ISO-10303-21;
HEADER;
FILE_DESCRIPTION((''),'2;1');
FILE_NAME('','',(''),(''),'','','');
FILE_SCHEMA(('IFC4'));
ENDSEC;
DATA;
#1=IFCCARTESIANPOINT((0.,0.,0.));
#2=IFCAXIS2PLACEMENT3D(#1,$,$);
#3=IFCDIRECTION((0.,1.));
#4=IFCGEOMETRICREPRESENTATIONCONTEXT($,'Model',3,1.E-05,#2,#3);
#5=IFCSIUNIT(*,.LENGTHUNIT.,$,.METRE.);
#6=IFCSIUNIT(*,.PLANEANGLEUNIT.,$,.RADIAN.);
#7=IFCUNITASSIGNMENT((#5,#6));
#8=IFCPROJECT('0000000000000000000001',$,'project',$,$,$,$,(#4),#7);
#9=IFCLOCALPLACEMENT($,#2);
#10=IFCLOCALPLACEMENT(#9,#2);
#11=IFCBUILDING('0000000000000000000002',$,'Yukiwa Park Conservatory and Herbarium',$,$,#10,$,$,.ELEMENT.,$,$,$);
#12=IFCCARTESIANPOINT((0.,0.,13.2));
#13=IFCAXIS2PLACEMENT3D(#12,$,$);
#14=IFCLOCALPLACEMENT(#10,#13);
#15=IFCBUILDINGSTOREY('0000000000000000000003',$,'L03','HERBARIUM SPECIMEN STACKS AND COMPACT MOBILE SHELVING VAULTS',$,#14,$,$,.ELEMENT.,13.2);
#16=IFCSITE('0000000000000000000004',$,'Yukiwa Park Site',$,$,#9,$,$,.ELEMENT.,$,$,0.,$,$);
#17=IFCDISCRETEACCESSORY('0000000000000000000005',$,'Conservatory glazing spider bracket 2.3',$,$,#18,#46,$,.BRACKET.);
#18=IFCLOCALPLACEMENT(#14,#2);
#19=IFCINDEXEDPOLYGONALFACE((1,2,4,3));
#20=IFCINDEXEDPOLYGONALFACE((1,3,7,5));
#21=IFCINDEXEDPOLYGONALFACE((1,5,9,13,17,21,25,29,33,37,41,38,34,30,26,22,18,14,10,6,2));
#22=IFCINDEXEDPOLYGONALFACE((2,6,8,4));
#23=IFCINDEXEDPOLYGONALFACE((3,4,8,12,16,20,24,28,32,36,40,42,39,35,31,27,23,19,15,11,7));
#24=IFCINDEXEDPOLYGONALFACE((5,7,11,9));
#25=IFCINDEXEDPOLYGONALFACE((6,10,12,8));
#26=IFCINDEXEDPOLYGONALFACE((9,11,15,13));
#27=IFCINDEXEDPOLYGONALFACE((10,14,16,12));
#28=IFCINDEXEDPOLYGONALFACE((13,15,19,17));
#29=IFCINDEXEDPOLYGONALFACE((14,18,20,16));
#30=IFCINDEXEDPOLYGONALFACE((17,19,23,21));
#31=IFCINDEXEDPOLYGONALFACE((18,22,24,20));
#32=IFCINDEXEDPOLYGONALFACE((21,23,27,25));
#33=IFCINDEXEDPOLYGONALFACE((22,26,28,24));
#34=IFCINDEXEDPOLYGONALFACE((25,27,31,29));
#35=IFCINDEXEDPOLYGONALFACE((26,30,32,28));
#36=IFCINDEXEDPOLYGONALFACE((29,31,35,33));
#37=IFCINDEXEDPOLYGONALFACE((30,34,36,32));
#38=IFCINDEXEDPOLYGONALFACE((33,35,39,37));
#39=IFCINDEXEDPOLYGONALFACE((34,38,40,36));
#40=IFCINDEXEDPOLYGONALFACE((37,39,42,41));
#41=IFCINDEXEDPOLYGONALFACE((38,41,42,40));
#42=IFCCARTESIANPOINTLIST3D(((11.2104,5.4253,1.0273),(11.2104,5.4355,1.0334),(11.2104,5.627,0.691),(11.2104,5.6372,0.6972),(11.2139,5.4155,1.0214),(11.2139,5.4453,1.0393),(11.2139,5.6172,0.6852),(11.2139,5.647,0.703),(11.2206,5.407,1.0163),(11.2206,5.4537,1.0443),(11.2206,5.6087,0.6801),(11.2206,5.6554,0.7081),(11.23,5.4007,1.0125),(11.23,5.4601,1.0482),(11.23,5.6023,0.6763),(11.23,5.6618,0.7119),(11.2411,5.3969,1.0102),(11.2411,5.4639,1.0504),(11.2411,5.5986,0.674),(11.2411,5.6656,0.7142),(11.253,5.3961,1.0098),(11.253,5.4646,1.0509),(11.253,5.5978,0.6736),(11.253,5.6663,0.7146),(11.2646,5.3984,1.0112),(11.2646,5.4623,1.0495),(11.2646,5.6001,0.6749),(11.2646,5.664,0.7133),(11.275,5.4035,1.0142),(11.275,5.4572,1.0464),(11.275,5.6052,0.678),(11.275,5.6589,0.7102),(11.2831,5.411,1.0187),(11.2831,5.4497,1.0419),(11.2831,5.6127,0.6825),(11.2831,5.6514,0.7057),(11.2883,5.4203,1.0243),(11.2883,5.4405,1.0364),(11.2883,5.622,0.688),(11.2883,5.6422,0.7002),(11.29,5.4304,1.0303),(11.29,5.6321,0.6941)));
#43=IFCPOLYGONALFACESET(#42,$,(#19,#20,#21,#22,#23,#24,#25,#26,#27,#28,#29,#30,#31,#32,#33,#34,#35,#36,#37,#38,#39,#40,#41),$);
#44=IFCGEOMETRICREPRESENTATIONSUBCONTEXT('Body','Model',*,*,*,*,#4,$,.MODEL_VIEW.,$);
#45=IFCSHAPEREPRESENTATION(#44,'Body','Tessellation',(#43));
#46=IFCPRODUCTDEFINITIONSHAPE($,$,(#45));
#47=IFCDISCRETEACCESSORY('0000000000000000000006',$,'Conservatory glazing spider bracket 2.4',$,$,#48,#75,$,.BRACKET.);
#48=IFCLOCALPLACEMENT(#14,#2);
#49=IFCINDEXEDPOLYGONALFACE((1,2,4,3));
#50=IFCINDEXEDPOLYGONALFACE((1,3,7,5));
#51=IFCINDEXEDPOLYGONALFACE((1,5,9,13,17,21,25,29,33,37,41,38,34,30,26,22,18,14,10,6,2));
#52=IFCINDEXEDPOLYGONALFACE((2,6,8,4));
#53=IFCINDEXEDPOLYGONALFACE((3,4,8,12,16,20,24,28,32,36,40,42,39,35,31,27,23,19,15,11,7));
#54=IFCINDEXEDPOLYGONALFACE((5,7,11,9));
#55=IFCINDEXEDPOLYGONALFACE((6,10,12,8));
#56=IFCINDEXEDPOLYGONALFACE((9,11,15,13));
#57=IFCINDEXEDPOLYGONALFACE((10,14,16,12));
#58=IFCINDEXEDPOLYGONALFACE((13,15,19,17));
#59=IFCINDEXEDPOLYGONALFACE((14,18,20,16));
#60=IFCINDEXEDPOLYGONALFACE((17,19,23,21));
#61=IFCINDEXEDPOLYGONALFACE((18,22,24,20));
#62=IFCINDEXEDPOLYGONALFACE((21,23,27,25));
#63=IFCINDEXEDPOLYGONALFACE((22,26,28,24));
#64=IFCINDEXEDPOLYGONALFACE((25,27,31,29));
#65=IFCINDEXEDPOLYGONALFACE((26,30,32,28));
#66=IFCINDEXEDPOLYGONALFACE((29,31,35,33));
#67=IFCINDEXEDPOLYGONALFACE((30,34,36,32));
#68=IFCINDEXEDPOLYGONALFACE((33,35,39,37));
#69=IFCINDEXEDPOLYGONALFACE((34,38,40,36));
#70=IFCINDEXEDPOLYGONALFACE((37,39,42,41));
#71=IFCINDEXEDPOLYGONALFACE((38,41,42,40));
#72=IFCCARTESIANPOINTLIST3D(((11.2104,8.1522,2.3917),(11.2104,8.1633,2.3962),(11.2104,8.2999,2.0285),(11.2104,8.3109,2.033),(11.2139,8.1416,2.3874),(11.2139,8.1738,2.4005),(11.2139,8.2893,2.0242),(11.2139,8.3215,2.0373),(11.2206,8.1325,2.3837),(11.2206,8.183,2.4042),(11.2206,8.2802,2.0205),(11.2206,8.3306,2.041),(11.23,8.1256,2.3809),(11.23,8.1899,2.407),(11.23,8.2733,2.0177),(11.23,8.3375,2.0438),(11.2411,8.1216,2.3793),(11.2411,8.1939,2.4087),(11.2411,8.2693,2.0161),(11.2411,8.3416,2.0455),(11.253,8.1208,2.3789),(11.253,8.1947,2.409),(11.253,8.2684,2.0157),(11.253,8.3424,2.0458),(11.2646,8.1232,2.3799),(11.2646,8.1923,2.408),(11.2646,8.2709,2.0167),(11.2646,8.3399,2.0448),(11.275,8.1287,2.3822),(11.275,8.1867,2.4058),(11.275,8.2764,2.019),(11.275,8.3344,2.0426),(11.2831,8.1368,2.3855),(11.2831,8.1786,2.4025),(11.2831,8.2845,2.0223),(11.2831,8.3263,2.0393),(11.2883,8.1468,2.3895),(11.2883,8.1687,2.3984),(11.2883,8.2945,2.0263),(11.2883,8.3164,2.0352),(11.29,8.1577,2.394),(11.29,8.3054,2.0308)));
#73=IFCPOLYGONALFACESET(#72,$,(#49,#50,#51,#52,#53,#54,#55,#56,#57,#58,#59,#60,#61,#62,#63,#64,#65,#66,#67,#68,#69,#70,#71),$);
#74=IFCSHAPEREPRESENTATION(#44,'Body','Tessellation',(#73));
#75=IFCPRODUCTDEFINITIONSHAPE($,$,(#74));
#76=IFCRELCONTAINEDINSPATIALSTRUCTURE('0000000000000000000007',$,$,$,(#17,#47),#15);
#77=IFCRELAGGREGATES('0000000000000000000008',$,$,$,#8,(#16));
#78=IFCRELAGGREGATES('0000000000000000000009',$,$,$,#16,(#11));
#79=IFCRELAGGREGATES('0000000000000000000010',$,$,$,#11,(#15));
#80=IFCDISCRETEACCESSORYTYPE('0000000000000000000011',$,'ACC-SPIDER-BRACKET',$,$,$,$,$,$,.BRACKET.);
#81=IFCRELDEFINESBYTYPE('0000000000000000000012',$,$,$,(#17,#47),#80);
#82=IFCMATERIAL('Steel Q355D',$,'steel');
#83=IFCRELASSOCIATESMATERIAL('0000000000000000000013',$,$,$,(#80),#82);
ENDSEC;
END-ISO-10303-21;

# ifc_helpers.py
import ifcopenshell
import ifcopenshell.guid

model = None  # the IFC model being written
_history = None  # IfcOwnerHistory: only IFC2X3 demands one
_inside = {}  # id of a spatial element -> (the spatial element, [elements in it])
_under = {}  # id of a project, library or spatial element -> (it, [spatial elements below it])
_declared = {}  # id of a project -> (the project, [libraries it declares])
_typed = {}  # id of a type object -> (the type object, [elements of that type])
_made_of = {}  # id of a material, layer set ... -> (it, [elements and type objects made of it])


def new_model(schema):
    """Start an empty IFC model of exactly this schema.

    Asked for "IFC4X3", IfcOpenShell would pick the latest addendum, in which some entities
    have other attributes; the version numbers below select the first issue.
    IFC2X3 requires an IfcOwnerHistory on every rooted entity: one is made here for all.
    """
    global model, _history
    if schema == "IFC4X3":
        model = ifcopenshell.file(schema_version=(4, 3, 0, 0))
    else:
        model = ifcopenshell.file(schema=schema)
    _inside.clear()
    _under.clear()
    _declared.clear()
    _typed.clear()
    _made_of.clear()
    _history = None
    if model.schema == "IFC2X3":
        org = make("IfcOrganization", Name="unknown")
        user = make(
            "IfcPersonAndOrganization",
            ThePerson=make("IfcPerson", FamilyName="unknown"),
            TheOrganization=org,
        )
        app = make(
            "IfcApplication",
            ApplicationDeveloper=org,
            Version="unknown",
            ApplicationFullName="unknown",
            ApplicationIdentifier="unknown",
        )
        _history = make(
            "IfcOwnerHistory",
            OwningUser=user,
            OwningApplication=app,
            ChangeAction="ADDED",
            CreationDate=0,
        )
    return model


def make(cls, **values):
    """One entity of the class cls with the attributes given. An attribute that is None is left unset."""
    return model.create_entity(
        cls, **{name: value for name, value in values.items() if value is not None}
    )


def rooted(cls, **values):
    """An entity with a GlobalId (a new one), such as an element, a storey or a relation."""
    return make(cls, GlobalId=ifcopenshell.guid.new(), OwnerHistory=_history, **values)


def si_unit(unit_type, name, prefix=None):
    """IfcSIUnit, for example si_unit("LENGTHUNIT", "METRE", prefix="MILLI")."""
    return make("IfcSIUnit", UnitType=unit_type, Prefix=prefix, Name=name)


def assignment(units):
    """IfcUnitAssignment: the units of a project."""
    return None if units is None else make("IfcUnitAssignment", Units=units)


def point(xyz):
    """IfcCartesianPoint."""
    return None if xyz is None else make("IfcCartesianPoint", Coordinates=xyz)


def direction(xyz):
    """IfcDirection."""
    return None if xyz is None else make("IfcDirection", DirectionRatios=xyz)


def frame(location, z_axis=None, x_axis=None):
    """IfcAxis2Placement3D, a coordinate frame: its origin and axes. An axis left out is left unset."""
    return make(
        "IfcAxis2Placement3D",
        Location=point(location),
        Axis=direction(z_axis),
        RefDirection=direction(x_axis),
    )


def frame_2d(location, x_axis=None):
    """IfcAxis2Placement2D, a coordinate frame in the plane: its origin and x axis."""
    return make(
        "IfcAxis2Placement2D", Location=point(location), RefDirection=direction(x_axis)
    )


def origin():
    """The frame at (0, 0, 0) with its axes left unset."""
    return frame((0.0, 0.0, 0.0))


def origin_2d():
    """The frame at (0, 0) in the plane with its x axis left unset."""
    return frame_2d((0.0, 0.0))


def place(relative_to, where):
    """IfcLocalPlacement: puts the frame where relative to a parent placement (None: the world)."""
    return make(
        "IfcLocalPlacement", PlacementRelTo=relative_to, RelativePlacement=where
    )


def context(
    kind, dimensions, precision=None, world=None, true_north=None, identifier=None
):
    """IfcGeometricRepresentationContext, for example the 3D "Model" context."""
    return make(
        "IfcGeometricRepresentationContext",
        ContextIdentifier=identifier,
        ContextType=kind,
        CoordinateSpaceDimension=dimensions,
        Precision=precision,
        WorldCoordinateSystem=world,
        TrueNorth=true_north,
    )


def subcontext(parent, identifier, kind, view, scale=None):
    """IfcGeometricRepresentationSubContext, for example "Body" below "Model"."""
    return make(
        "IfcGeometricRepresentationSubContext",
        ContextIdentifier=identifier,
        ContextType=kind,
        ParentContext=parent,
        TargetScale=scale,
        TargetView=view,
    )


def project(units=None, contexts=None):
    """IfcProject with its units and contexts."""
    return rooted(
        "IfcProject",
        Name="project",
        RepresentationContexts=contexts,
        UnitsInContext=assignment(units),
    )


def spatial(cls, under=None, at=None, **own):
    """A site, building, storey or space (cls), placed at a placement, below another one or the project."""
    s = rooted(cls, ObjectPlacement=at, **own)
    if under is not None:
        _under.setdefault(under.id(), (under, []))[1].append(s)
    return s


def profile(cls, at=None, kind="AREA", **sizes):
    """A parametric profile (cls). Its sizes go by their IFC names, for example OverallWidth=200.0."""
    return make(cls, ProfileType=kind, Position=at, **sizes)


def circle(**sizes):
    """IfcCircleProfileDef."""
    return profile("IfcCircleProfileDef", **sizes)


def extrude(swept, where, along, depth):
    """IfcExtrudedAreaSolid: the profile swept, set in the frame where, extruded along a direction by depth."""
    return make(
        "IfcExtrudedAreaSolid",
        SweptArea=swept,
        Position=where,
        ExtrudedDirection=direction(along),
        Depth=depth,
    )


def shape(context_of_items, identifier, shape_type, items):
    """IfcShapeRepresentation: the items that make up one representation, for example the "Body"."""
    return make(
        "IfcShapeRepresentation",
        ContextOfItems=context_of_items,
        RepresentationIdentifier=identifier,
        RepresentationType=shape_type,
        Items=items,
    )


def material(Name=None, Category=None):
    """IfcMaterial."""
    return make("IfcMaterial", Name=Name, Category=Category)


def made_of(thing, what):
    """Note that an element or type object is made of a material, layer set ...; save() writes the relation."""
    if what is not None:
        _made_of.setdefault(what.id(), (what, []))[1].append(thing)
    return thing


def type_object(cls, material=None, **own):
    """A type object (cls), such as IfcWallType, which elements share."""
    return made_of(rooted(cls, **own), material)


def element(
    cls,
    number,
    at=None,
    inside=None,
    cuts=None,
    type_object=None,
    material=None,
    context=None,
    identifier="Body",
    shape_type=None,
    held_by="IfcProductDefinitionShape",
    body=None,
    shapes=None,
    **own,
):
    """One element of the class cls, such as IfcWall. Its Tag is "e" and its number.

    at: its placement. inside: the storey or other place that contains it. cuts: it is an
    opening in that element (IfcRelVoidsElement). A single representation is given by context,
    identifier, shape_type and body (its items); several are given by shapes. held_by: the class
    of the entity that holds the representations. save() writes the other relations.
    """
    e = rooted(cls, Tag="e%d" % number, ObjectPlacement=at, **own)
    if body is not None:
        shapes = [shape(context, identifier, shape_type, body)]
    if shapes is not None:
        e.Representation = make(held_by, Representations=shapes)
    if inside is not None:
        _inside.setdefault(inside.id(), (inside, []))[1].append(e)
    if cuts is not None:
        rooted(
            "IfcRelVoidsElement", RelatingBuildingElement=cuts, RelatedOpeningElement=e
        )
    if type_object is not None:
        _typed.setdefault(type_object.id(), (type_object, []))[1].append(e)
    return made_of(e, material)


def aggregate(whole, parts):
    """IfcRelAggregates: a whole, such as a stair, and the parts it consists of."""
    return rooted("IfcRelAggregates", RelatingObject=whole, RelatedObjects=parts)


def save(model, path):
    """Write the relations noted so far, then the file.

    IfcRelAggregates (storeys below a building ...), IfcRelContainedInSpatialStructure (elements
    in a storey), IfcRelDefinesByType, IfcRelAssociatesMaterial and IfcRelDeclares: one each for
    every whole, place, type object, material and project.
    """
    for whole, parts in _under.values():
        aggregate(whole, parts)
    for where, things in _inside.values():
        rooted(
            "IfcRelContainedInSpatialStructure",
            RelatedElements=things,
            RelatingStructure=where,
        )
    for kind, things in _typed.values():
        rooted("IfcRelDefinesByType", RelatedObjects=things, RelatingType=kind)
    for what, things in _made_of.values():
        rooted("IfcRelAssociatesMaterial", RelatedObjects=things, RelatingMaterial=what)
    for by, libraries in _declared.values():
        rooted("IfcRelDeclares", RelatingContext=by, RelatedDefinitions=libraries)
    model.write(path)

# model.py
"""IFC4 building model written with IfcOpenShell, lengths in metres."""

from ifc_helpers import new_model, si_unit, direction, frame, origin, origin_2d, place, context, subcontext, project, spatial, circle, extrude, material, type_object, element, save


model = new_model("IFC4")

# Units and contexts
model_context = context("Model", 3, precision=1e-05, world=origin(), true_north=direction((0.0, 1.0)))
body_context = subcontext(model_context, "Body", "Model", "MODEL_VIEW")
ifc_project = project(units=[si_unit("LENGTHUNIT", "METRE"), si_unit("PLANEANGLEUNIT", "RADIAN")], contexts=[model_context])

# Site, building, storey
site_placement = place(None, origin())
site = spatial("IfcSite", under=ifc_project, at=site_placement, Name="Yukiwa Park Site", CompositionType="ELEMENT", RefElevation=0.0)
building_placement = place(site_placement, origin())
building = spatial("IfcBuilding", under=site, at=building_placement, Name="Yukiwa Park Conservatory and Herbarium", CompositionType="ELEMENT")
storey_placement = place(building_placement, frame((0.0, 0.0, 13.2)))
storey = spatial("IfcBuildingStorey", under=building, at=storey_placement, Name="L03", Description="HERBARIUM SPECIMEN STACKS AND COMPACT MOBILE SHELVING VAULTS", CompositionType="ELEMENT", Elevation=13.2)

# Discrete accessories
ifc_material_1 = material(Name="Steel Q355D", Category="steel")
discrete_accessory_type = type_object("IfcDiscreteAccessoryType", Name="ACC-SPIDER-BRACKET", PredefinedType="BRACKET", material=ifc_material_1)
for number, where, z_axis, x_axis, name in (
    (1, (11.25, 5.6321, 0.6941), (0.0, -0.514404, 0.857548), (1.0, 0.0, 0.0), "Conservatory glazing spider bracket 2.3"),
    (2, (11.25, 8.3054, 2.0308), (0.0, -0.376644, 0.926358), (1.0, 0.0, 0.0), "Conservatory glazing spider bracket 2.4"),
):
    element("IfcDiscreteAccessory", number, at=place(storey_placement, frame(where, z_axis=z_axis, x_axis=x_axis)), inside=storey, type_object=discrete_accessory_type, Name=name, PredefinedType="BRACKET", context=body_context, shape_type="SweptSolid", body=[
        extrude(circle(Radius=0.04, at=origin_2d()), origin(), (0.0, 0.0, 1.0), 0.3921),
    ])

save(model, "model.ifc")
